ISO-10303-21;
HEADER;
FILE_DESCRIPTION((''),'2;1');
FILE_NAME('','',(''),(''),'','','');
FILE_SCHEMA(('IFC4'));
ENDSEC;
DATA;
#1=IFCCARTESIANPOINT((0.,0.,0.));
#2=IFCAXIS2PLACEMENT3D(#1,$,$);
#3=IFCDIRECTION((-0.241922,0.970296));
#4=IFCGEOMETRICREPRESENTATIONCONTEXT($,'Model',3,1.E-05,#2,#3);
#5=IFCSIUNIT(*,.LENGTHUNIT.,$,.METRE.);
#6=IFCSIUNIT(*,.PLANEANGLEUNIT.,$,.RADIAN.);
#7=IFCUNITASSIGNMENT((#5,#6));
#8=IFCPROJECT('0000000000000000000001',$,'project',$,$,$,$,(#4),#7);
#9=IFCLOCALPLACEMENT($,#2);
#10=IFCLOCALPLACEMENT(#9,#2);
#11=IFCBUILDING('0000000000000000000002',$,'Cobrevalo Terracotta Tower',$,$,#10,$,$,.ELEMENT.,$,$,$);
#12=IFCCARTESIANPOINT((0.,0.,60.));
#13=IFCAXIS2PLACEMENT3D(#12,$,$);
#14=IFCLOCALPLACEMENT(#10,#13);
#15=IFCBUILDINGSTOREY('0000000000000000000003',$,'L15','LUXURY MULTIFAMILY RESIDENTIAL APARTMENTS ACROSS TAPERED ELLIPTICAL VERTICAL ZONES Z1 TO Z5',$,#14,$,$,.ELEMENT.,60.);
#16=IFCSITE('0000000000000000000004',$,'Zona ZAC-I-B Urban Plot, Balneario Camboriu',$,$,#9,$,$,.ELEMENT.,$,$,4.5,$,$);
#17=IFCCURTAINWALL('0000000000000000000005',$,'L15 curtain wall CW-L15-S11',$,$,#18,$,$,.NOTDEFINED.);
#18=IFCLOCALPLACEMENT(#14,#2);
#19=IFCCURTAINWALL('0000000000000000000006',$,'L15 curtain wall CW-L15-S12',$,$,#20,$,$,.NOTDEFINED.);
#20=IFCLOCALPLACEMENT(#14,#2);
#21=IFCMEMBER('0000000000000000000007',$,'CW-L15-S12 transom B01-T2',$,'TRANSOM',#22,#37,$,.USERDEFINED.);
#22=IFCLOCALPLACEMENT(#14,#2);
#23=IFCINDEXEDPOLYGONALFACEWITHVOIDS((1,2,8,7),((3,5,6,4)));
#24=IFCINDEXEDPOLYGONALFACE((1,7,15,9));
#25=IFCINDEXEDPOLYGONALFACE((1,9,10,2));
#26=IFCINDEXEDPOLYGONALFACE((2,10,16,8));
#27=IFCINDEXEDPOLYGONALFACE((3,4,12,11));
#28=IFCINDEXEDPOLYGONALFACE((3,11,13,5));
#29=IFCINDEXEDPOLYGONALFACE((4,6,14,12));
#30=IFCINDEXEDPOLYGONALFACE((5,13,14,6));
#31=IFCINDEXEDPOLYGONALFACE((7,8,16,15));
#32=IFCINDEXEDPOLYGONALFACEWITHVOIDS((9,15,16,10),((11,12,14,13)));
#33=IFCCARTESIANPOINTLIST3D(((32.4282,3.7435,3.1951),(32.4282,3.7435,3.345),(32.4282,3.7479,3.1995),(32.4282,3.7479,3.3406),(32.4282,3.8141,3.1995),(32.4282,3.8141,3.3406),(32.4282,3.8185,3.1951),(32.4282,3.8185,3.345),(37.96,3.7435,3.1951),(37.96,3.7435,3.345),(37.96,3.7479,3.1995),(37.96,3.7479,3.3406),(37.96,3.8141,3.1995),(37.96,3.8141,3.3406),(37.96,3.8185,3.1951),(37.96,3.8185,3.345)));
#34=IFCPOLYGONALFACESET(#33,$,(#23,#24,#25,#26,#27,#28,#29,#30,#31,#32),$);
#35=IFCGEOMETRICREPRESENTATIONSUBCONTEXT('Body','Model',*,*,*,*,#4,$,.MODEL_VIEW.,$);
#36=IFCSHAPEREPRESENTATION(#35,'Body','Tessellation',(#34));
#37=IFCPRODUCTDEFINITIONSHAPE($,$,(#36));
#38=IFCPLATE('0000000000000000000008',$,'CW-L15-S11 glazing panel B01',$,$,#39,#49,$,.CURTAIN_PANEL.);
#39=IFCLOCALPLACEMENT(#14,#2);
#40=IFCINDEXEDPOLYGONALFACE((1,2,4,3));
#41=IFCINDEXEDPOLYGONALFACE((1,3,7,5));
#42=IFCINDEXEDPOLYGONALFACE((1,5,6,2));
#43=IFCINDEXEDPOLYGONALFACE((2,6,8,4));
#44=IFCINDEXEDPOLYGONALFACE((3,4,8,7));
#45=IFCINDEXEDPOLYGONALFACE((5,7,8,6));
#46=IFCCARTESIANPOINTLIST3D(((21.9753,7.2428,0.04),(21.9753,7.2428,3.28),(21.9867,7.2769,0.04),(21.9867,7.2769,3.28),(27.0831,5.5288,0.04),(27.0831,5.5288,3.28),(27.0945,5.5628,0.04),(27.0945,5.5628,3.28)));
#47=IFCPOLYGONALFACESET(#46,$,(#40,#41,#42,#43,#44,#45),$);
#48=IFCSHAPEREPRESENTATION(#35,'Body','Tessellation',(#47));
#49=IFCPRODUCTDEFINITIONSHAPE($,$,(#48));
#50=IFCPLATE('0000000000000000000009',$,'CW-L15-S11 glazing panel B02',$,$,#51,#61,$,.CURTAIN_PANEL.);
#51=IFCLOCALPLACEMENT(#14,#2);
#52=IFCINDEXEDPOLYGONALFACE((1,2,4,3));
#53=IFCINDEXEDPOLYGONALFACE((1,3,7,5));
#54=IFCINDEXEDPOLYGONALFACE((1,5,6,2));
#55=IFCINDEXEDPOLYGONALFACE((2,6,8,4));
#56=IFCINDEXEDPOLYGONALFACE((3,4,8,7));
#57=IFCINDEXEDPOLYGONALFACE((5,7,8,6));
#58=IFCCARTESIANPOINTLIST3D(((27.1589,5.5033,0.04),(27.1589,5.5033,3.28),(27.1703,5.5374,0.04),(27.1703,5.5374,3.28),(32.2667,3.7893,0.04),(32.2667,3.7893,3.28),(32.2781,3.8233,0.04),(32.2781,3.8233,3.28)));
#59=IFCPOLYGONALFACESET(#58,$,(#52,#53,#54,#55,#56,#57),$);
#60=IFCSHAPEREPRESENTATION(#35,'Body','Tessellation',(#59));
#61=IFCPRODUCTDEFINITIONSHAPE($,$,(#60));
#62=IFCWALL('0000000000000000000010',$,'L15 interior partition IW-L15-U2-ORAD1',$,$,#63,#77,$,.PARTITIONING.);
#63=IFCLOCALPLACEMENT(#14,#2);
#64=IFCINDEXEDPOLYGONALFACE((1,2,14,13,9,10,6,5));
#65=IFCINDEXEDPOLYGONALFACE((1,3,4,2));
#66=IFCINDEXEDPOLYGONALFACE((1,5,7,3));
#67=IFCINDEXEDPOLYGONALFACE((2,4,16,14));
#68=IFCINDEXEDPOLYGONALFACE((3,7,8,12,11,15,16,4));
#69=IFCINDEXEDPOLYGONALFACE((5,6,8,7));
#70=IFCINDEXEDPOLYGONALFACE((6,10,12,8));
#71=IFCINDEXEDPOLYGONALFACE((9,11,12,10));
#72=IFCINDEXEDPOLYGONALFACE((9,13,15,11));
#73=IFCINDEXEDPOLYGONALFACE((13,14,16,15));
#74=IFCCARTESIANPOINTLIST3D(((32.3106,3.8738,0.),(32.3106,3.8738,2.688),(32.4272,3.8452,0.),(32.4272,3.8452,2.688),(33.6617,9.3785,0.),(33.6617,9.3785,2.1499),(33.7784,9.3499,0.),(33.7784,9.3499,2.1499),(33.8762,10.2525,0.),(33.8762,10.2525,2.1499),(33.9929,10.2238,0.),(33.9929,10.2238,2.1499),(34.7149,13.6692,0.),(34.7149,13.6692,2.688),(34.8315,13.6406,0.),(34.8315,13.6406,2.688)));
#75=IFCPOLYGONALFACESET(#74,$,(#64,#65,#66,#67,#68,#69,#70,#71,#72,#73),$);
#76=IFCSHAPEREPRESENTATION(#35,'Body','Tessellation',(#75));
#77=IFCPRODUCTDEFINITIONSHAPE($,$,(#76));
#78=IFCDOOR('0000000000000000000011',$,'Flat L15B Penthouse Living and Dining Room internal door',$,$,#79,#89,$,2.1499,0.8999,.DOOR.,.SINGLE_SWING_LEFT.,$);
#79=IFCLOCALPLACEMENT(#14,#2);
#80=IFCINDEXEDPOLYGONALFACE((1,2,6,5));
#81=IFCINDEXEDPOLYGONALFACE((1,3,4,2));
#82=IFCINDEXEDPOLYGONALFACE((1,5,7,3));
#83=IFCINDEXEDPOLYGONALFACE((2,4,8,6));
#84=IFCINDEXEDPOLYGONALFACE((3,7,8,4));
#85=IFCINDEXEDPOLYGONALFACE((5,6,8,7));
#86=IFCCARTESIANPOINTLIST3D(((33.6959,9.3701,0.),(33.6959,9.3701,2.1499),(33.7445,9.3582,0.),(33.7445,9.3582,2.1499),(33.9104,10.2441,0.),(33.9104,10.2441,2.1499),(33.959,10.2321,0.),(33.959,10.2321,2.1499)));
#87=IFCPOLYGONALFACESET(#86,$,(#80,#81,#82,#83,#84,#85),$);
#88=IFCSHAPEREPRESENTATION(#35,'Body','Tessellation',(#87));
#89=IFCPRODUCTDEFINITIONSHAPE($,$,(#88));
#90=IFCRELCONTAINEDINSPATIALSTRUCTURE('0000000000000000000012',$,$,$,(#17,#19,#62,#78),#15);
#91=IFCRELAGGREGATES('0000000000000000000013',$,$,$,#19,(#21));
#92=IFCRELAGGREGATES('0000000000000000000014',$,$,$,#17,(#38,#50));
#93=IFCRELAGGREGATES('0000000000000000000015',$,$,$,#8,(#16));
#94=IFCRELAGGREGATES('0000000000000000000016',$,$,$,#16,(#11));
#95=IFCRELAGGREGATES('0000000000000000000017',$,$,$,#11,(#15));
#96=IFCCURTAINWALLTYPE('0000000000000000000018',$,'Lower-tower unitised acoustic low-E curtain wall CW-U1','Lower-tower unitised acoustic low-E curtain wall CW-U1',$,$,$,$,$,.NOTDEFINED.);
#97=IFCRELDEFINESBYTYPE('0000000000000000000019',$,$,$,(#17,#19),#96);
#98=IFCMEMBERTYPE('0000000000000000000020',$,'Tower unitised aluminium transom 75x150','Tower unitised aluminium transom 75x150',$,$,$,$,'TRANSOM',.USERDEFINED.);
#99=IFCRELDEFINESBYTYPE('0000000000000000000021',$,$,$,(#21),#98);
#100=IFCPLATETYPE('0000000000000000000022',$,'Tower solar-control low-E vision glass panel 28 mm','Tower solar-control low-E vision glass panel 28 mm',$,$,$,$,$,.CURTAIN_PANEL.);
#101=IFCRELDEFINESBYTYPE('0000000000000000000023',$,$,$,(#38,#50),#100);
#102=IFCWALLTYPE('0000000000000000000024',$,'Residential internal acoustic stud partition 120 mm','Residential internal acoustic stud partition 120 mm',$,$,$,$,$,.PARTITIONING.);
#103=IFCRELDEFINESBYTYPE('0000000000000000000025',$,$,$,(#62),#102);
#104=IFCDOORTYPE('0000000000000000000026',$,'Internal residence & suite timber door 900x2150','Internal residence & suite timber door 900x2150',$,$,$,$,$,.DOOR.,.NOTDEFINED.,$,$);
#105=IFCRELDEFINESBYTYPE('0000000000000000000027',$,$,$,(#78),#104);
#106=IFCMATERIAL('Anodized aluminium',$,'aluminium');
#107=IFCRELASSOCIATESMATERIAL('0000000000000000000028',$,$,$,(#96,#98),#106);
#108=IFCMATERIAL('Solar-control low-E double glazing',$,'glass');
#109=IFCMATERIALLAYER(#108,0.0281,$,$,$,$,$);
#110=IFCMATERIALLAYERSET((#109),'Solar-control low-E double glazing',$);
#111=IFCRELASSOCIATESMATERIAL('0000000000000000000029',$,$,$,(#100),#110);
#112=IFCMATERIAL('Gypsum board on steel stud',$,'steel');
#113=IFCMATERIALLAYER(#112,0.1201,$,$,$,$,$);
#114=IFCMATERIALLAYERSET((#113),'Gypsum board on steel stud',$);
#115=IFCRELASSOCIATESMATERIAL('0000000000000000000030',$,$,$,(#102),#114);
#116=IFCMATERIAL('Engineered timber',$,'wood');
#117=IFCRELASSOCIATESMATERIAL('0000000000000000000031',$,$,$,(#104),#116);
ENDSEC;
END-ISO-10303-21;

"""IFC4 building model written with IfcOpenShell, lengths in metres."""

from ifc_helpers import new_model, si_unit, direction, frame, frame_2d, origin, origin_2d, place, context, subcontext, project, spatial, rectangle, hollow_rectangle, extrude, source, transform, mapped, material, layer, layer_set, material_profile, profile_set, type_object, element, fill, aggregate, save


model = new_model("IFC4")

# Units and contexts
model_context = context("Model", 3, precision=1e-05, world=origin(), true_north=direction((-0.241922, 0.970296)))
body_context = subcontext(model_context, "Body", "Model", "MODEL_VIEW")
ifc_project = project(units=[si_unit("LENGTHUNIT", "METRE"), si_unit("PLANEANGLEUNIT", "RADIAN")], contexts=[model_context])

# Site, building, storey
site_placement = place(None, origin())
site = spatial("IfcSite", under=ifc_project, at=site_placement, Name="Zona ZAC-I-B Urban Plot, Balneario Camboriu", CompositionType="ELEMENT", RefElevation=4.5)
building_placement = place(site_placement, origin())
building = spatial("IfcBuilding", under=site, at=building_placement, Name="Cobrevalo Terracotta Tower", CompositionType="ELEMENT")
storey_placement = place(building_placement, frame((0.0, 0.0, 60.0)))
storey = spatial("IfcBuildingStorey", under=building, at=storey_placement, Name="L15", Description="LUXURY MULTIFAMILY RESIDENTIAL APARTMENTS ACROSS TAPERED ELLIPTICAL VERTICAL ZONES Z1 TO Z5", CompositionType="ELEMENT", Elevation=60.0)

# Curtain wall
ifc_material_1 = material(Name="Anodized aluminium", Category="aluminium")
curtain_wall_type = type_object("IfcCurtainWallType", Name="Lower-tower unitised acoustic low-E curtain wall CW-U1", Description="Lower-tower unitised acoustic low-E curtain wall CW-U1", PredefinedType="NOTDEFINED", material=ifc_material_1)
curtain_wall_1_placement = place(storey_placement, origin())
curtain_wall_1 = element("IfcCurtainWall", 1, at=curtain_wall_1_placement, inside=storey, type_object=curtain_wall_type, Name="L15 curtain wall CW-L15-S11", PredefinedType="NOTDEFINED")

# Curtain wall
curtain_wall_2_placement = place(storey_placement, origin())
curtain_wall_2 = element("IfcCurtainWall", 2, at=curtain_wall_2_placement, inside=storey, type_object=curtain_wall_type, Name="L15 curtain wall CW-L15-S12", PredefinedType="NOTDEFINED")

# Member
ifc_material_profile_1 = material_profile(ifc_material_1, hollow_rectangle(XDim=0.075, YDim=0.1499, WallThickness=0.0044, at=origin_2d()), Name="CWT 75x150")
ifc_profile_set_1 = profile_set([ifc_material_profile_1], Name="Anodized aluminium")
member_type_1 = type_object("IfcMemberType", Name="Tower unitised aluminium transom 75x150", Description="Tower unitised aluminium transom 75x150", ElementType="TRANSOM", PredefinedType="USERDEFINED", material=ifc_profile_set_1)
shared_shape_1 = source(origin(), body_context, "Body", "SweptSolid", [
    extrude(hollow_rectangle(XDim=0.075, YDim=0.1499, WallThickness=0.0044, at=origin_2d()), origin(), (0.0, 0.0, 1.0), 5.5317),
])
member_1_placement = place(storey_placement, frame((32.4282, 3.781, 3.27), z_axis=(1.0, 0.0, 0.0), x_axis=(0.0, 1.0, 0.0)))
member_1 = element("IfcMember", 3, at=member_1_placement, type_object=member_type_1, Name="CW-L15-S12 transom B01-T2", ObjectType="TRANSOM", PredefinedType="USERDEFINED", context=body_context, shape_type="MappedRepresentation", body=[
    mapped(shared_shape_1, transform((0.0, 0.0, 0.0), scale=1.0)),
])
aggregate(curtain_wall_2, [member_1])

# Plates
ifc_material_2 = material(Name="Solar-control low-E double glazing", Category="glass")
ifc_layer_1 = layer(ifc_material_2, 0.0281)
ifc_layer_set_1 = layer_set([ifc_layer_1], Name="Solar-control low-E double glazing")
plate_type = type_object("IfcPlateType", Name="Tower solar-control low-E vision glass panel 28 mm", Description="Tower solar-control low-E vision glass panel 28 mm", PredefinedType="CURTAIN_PANEL", material=ifc_layer_set_1)
shared_shape_2 = source(origin(), body_context, "Body", "SweptSolid", [
    extrude(rectangle(XDim=5.3877, YDim=0.0359, at=origin_2d()), origin(), (0.0, 0.0, 1.0), 3.24),
])
plate_1_placement = place(storey_placement, frame((24.5349, 6.4028, 0.04), z_axis=(0.0, 0.0, 1.0), x_axis=(0.948044, -0.318139, 0.0)))
plate_1 = element("IfcPlate", 4, at=plate_1_placement, type_object=plate_type, Name="CW-L15-S11 glazing panel B01", PredefinedType="CURTAIN_PANEL", context=body_context, shape_type="MappedRepresentation", body=[
    mapped(shared_shape_2, transform((0.0, 0.0, 0.0), scale=1.0)),
])
plate_2_placement = place(storey_placement, frame((29.7185, 4.6633, 0.04), z_axis=(0.0, 0.0, 1.0), x_axis=(0.948044, -0.318139, 0.0)))
plate_2 = element("IfcPlate", 5, at=plate_2_placement, type_object=plate_type, Name="CW-L15-S11 glazing panel B02", PredefinedType="CURTAIN_PANEL", context=body_context, shape_type="MappedRepresentation", body=[
    mapped(shared_shape_2, transform((0.0, 0.0, 0.0), scale=1.0)),
])
aggregate(curtain_wall_1, [plate_1, plate_2])

# Wall, opening, door
ifc_material_3 = material(Name="Gypsum board on steel stud", Category="steel")
ifc_layer_2 = layer(ifc_material_3, 0.1201)
ifc_layer_set_2 = layer_set([ifc_layer_2], Name="Gypsum board on steel stud")
wall_type = type_object("IfcWallType", Name="Residential internal acoustic stud partition 120 mm", Description="Residential internal acoustic stud partition 120 mm", PredefinedType="PARTITIONING", material=ifc_layer_set_2)
wall_placement = place(storey_placement, frame((34.7732, 13.6548, 0.0), z_axis=(0.0, 0.0, 1.0), x_axis=(-0.238376, -0.971173, 0.0)))
wall = element("IfcWall", 6, at=wall_placement, inside=storey, type_object=wall_type, Name="L15 interior partition IW-L15-U2-ORAD1", PredefinedType="PARTITIONING", context=body_context, shape_type="SweptSolid", body=[
    extrude(rectangle(XDim=10.0862, YDim=0.1201, at=frame_2d((5.043, 0.0))), origin(), (0.0, 0.0, 1.0), 2.688),
])
opening_placement = place(wall_placement, frame((3.5181, 0.0, 0.0)))
opening = element("IfcOpeningElement", 7, at=opening_placement, cuts=wall, PredefinedType="OPENING", context=body_context, shape_type="SweptSolid", body=[
    extrude(rectangle(XDim=0.8999, YDim=2.1499, at=frame_2d((0.45, 1.075))), frame((0.0, 0.0701, 0.0), z_axis=(0.0, -1.0, 0.0), x_axis=(1.0, 0.0, 0.0)), (0.0, 0.0, 1.0), 0.1401),
])
ifc_material_4 = material(Name="Engineered timber", Category="wood")
door_type = type_object("IfcDoorType", Name="Internal residence & suite timber door 900x2150", Description="Internal residence & suite timber door 900x2150", OperationType="NOTDEFINED", PredefinedType="DOOR", material=ifc_material_4)
shared_shape_3 = source(origin(), body_context, "Body", "SweptSolid", [
    extrude(rectangle(XDim=0.8999, YDim=2.1499, at=frame_2d((0.45, 1.075))), frame((0.0, 0.0249, 0.0), z_axis=(0.0, -1.0, 0.0), x_axis=(1.0, 0.0, 0.0)), (0.0, 0.0, 1.0), 0.05),
])
door_placement = place(opening_placement, frame((0.8999, 0.0, 0.0), z_axis=(0.0, 0.0, 1.0), x_axis=(-1.0, 0.0, 0.0)))
door = element("IfcDoor", 8, at=door_placement, inside=storey, type_object=door_type, Name="Flat L15B Penthouse Living and Dining Room internal door", OperationType="SINGLE_SWING_LEFT", OverallHeight=2.1499, OverallWidth=0.8999, PredefinedType="DOOR", context=body_context, shape_type="MappedRepresentation", body=[
    mapped(shared_shape_3, transform((0.0, 0.0, 0.0), scale=1.0)),
])
fill(opening, door)

save(model, "model.ifc")
